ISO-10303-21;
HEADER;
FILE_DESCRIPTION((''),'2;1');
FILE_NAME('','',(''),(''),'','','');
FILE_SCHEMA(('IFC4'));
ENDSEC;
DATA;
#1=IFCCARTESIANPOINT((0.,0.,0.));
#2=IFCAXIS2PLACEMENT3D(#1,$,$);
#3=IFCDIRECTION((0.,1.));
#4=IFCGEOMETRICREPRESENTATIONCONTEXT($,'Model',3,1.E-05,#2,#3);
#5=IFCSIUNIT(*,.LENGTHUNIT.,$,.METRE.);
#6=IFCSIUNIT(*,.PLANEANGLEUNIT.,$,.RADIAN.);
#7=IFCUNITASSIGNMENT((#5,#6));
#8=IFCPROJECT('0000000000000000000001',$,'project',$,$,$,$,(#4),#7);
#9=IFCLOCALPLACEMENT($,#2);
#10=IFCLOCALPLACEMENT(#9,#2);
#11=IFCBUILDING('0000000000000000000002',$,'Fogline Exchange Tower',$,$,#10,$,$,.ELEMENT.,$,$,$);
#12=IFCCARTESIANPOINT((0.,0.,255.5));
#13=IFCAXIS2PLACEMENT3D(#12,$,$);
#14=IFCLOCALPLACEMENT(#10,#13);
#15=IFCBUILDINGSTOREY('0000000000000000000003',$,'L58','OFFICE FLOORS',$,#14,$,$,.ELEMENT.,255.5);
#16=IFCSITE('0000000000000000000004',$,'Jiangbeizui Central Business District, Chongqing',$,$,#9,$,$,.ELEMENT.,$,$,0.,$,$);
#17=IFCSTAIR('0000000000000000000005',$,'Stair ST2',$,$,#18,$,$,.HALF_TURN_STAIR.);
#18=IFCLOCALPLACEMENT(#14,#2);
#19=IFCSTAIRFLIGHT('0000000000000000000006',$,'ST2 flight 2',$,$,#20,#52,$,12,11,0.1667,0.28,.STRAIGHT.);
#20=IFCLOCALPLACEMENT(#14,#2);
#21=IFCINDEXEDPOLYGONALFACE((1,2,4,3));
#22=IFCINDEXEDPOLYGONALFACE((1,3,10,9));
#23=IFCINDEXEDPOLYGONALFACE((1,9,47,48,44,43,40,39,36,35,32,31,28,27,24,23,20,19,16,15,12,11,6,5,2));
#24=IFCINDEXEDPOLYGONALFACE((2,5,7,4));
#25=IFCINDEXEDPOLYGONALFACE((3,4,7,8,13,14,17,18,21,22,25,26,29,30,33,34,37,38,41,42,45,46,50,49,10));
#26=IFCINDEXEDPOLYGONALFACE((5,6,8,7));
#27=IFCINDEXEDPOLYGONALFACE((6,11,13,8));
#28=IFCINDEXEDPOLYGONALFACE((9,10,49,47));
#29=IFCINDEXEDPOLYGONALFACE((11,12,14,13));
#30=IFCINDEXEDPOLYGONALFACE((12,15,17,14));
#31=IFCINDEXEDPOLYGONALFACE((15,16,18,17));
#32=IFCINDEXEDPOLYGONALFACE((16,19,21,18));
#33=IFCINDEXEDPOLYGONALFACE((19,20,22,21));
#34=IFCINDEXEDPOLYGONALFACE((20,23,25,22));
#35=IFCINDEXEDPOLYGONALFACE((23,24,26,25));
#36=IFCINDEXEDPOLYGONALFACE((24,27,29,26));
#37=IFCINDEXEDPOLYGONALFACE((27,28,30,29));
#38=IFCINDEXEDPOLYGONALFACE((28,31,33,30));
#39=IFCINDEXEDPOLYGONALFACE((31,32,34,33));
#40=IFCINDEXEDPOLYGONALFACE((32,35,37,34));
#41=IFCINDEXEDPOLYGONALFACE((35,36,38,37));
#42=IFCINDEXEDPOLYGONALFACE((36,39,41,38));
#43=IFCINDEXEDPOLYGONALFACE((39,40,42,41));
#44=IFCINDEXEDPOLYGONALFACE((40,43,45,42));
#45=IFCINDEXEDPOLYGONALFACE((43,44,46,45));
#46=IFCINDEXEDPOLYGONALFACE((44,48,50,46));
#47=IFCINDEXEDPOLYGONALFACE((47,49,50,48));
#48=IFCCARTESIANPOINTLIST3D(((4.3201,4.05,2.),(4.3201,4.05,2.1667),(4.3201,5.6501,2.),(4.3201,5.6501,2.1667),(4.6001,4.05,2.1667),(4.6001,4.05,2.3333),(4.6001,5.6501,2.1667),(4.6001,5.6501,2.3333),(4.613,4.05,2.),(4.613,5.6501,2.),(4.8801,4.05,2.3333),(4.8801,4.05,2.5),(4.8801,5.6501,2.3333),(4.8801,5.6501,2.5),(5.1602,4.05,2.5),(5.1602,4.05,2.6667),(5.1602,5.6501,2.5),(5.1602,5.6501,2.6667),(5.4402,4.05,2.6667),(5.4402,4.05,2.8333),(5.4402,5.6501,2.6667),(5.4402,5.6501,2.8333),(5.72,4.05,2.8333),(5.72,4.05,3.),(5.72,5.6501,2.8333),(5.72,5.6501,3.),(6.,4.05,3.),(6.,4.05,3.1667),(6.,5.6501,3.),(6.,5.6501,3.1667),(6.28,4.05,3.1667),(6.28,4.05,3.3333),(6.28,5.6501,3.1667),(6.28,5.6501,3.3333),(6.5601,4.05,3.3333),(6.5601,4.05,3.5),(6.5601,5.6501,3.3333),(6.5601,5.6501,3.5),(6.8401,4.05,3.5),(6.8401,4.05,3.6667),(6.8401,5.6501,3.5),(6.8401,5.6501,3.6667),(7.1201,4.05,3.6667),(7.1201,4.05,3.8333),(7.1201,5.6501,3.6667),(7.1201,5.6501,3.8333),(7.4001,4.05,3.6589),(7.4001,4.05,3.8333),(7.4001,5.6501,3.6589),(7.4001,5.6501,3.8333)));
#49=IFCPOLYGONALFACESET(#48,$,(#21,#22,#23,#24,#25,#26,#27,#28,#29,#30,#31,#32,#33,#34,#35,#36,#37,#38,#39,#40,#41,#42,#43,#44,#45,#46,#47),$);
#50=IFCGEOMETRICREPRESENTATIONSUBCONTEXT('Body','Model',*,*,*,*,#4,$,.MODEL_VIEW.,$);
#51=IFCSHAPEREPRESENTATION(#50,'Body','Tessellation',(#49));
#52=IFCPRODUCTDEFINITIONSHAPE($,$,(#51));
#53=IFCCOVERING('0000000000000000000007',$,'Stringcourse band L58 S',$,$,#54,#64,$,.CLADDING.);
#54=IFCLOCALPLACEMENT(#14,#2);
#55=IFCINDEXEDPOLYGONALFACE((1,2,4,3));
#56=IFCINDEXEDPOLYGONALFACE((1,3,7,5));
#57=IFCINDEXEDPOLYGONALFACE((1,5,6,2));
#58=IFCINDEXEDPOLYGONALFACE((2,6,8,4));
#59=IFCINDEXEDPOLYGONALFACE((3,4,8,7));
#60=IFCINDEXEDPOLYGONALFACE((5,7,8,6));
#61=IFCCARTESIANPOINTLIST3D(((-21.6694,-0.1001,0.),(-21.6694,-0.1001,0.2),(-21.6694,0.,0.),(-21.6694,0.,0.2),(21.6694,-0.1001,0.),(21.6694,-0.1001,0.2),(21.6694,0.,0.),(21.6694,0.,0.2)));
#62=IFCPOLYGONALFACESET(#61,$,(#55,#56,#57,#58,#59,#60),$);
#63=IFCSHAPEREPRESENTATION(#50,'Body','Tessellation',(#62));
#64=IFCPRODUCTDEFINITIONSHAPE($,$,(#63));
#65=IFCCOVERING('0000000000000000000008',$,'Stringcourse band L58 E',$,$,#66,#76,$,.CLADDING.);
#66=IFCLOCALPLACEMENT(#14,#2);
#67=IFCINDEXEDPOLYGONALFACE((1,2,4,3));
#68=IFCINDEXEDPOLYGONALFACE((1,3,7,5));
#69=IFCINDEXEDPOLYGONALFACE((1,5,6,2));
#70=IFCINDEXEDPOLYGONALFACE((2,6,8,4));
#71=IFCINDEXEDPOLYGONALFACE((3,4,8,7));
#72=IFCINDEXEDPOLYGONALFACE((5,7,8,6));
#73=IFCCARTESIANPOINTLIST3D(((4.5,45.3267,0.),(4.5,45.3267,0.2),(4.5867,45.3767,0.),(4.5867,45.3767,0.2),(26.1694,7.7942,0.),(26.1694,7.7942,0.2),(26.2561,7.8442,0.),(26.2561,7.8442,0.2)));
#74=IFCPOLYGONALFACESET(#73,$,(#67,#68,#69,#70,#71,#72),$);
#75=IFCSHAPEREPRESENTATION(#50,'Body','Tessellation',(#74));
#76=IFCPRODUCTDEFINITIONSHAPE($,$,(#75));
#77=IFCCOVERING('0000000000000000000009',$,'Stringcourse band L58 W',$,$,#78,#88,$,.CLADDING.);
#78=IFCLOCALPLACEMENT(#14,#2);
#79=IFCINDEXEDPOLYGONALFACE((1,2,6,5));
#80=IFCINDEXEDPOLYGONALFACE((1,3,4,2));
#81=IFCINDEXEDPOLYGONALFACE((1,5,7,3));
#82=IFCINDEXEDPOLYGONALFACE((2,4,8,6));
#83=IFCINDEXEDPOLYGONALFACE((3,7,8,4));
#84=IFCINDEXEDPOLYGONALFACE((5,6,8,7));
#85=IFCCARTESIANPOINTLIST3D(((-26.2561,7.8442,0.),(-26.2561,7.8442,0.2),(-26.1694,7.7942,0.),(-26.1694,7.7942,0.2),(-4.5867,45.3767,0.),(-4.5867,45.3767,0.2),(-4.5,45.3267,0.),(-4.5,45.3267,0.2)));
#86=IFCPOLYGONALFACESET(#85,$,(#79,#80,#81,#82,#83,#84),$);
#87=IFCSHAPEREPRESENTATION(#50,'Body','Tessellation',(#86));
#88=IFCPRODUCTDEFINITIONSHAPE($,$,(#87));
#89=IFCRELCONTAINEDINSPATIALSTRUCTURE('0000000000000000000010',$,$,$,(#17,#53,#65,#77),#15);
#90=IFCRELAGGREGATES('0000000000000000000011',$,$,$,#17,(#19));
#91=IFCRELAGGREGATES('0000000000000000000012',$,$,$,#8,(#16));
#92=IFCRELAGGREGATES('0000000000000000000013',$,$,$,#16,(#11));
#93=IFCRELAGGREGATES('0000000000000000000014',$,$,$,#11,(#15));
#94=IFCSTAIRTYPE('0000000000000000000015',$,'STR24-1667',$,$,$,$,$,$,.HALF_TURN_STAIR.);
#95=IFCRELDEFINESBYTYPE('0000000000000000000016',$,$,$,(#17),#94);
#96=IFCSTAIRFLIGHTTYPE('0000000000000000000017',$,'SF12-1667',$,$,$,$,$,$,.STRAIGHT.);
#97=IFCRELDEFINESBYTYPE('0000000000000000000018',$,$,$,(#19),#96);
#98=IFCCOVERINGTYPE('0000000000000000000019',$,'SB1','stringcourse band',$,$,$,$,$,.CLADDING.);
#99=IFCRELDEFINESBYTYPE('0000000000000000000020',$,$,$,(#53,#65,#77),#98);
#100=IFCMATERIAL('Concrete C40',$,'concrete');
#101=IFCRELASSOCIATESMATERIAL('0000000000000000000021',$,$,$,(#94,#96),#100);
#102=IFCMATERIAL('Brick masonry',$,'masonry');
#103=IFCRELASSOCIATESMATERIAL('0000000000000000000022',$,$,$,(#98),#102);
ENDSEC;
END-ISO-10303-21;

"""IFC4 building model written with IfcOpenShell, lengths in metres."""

from ifc_helpers import new_model, si_unit, direction, frame, origin, place, context, subcontext, project, spatial, polyline, outline, extrude, material, type_object, element, aggregate, save


model = new_model("IFC4")

# Units and contexts
model_context = context("Model", 3, precision=1e-05, world=origin(), true_north=direction((0.0, 1.0)))
body_context = subcontext(model_context, "Body", "Model", "MODEL_VIEW")
ifc_project = project(units=[si_unit("LENGTHUNIT", "METRE"), si_unit("PLANEANGLEUNIT", "RADIAN")], contexts=[model_context])

# Site, building, storey
site_placement = place(None, origin())
site = spatial("IfcSite", under=ifc_project, at=site_placement, Name="Jiangbeizui Central Business District, Chongqing", CompositionType="ELEMENT", RefElevation=0.0)
building_placement = place(site_placement, origin())
building = spatial("IfcBuilding", under=site, at=building_placement, Name="Fogline Exchange Tower", CompositionType="ELEMENT")
storey_placement = place(building_placement, frame((0.0, 0.0, 255.5)))
storey = spatial("IfcBuildingStorey", under=building, at=storey_placement, Name="L58", Description="OFFICE FLOORS", CompositionType="ELEMENT", Elevation=255.5)

# Shared definitions
ifc_material_1 = material(Name="Concrete C40", Category="concrete")

# Stair
stair_type = type_object("IfcStairType", Name="STR24-1667", PredefinedType="HALF_TURN_STAIR", material=ifc_material_1)
stair_1_placement = place(storey_placement, origin())
stair_1 = element("IfcStair", 1, at=stair_1_placement, inside=storey, type_object=stair_type, Name="Stair ST2", PredefinedType="HALF_TURN_STAIR")

# Shared definitions
ifc_material_2 = material(Name="Brick masonry", Category="masonry")

# Stair flight
stair_flight_type = type_object("IfcStairFlightType", Name="SF12-1667", PredefinedType="STRAIGHT", material=ifc_material_1)
stair_flight_placement = place(storey_placement, frame((4.3201, 4.8501, 2.0), z_axis=(0.0, 0.0, 1.0), x_axis=(1.0, 0.0, 0.0)))
stair_flight = element("IfcStairFlight", 2, at=stair_flight_placement, type_object=stair_flight_type, Name="ST2 flight 2", NumberOfRisers=12, NumberOfTreads=11, PredefinedType="STRAIGHT", RiserHeight=0.1667, TreadLength=0.28, context=body_context, shape_type="SweptSolid", body=[
    extrude(outline(polyline([(0.0, 0.0), (0.0, 0.1667), (0.28, 0.1667), (0.28, 0.3333), (0.5601, 0.3333), (0.5601, 0.5), (0.8401, 0.5), (0.8401, 0.6667), (1.1201, 0.6667), (1.1201, 0.8333), (1.3999, 0.8333), (1.3999, 1.0), (1.6799, 1.0), (1.6799, 1.1667), (1.96, 1.1667), (1.96, 1.3333), (2.24, 1.3333), (2.24, 1.5), (2.52, 1.5), (2.52, 1.6667), (2.8, 1.6667), (2.8, 1.8333), (3.0801, 1.8333), (3.0801, 2.0), (3.0801, 1.6589), (0.293, 0.0), (0.0, 0.0)])), frame((0.0, 0.8, 0.0), z_axis=(0.0, -1.0, 0.0), x_axis=(1.0, 0.0, 0.0)), (0.0, 0.0, 1.0), 1.6001),
])
aggregate(stair_1, [stair_flight])

# Coverings
covering_type = type_object("IfcCoveringType", Name="SB1", Description="stringcourse band", PredefinedType="CLADDING", material=ifc_material_2)
covering_1_placement = place(storey_placement, origin())
element("IfcCovering", 3, at=covering_1_placement, inside=storey, type_object=covering_type, Name="Stringcourse band L58 S", PredefinedType="CLADDING", context=body_context, shape_type="SweptSolid", body=[
    extrude(outline(polyline([(-21.6694, 0.0), (-21.6694, -0.1001), (21.6694, -0.1001), (21.6694, 0.0), (-21.6694, 0.0)])), origin(), (0.0, 0.0, 1.0), 0.2),
])
covering_2_placement = place(storey_placement, origin())
element("IfcCovering", 4, at=covering_2_placement, inside=storey, type_object=covering_type, Name="Stringcourse band L58 E", PredefinedType="CLADDING", context=body_context, shape_type="SweptSolid", body=[
    extrude(outline(polyline([(26.1694, 7.7942), (26.2561, 7.8442), (4.5867, 45.3767), (4.5, 45.3267), (26.1694, 7.7942)])), origin(), (0.0, 0.0, 1.0), 0.2),
])
covering_3_placement = place(storey_placement, origin())
element("IfcCovering", 5, at=covering_3_placement, inside=storey, type_object=covering_type, Name="Stringcourse band L58 W", PredefinedType="CLADDING", context=body_context, shape_type="SweptSolid", body=[
    extrude(outline(polyline([(-4.5, 45.3267), (-4.5867, 45.3767), (-26.2561, 7.8442), (-26.1694, 7.7942), (-4.5, 45.3267)])), origin(), (0.0, 0.0, 1.0), 0.2),
])

save(model, "model.ifc")
